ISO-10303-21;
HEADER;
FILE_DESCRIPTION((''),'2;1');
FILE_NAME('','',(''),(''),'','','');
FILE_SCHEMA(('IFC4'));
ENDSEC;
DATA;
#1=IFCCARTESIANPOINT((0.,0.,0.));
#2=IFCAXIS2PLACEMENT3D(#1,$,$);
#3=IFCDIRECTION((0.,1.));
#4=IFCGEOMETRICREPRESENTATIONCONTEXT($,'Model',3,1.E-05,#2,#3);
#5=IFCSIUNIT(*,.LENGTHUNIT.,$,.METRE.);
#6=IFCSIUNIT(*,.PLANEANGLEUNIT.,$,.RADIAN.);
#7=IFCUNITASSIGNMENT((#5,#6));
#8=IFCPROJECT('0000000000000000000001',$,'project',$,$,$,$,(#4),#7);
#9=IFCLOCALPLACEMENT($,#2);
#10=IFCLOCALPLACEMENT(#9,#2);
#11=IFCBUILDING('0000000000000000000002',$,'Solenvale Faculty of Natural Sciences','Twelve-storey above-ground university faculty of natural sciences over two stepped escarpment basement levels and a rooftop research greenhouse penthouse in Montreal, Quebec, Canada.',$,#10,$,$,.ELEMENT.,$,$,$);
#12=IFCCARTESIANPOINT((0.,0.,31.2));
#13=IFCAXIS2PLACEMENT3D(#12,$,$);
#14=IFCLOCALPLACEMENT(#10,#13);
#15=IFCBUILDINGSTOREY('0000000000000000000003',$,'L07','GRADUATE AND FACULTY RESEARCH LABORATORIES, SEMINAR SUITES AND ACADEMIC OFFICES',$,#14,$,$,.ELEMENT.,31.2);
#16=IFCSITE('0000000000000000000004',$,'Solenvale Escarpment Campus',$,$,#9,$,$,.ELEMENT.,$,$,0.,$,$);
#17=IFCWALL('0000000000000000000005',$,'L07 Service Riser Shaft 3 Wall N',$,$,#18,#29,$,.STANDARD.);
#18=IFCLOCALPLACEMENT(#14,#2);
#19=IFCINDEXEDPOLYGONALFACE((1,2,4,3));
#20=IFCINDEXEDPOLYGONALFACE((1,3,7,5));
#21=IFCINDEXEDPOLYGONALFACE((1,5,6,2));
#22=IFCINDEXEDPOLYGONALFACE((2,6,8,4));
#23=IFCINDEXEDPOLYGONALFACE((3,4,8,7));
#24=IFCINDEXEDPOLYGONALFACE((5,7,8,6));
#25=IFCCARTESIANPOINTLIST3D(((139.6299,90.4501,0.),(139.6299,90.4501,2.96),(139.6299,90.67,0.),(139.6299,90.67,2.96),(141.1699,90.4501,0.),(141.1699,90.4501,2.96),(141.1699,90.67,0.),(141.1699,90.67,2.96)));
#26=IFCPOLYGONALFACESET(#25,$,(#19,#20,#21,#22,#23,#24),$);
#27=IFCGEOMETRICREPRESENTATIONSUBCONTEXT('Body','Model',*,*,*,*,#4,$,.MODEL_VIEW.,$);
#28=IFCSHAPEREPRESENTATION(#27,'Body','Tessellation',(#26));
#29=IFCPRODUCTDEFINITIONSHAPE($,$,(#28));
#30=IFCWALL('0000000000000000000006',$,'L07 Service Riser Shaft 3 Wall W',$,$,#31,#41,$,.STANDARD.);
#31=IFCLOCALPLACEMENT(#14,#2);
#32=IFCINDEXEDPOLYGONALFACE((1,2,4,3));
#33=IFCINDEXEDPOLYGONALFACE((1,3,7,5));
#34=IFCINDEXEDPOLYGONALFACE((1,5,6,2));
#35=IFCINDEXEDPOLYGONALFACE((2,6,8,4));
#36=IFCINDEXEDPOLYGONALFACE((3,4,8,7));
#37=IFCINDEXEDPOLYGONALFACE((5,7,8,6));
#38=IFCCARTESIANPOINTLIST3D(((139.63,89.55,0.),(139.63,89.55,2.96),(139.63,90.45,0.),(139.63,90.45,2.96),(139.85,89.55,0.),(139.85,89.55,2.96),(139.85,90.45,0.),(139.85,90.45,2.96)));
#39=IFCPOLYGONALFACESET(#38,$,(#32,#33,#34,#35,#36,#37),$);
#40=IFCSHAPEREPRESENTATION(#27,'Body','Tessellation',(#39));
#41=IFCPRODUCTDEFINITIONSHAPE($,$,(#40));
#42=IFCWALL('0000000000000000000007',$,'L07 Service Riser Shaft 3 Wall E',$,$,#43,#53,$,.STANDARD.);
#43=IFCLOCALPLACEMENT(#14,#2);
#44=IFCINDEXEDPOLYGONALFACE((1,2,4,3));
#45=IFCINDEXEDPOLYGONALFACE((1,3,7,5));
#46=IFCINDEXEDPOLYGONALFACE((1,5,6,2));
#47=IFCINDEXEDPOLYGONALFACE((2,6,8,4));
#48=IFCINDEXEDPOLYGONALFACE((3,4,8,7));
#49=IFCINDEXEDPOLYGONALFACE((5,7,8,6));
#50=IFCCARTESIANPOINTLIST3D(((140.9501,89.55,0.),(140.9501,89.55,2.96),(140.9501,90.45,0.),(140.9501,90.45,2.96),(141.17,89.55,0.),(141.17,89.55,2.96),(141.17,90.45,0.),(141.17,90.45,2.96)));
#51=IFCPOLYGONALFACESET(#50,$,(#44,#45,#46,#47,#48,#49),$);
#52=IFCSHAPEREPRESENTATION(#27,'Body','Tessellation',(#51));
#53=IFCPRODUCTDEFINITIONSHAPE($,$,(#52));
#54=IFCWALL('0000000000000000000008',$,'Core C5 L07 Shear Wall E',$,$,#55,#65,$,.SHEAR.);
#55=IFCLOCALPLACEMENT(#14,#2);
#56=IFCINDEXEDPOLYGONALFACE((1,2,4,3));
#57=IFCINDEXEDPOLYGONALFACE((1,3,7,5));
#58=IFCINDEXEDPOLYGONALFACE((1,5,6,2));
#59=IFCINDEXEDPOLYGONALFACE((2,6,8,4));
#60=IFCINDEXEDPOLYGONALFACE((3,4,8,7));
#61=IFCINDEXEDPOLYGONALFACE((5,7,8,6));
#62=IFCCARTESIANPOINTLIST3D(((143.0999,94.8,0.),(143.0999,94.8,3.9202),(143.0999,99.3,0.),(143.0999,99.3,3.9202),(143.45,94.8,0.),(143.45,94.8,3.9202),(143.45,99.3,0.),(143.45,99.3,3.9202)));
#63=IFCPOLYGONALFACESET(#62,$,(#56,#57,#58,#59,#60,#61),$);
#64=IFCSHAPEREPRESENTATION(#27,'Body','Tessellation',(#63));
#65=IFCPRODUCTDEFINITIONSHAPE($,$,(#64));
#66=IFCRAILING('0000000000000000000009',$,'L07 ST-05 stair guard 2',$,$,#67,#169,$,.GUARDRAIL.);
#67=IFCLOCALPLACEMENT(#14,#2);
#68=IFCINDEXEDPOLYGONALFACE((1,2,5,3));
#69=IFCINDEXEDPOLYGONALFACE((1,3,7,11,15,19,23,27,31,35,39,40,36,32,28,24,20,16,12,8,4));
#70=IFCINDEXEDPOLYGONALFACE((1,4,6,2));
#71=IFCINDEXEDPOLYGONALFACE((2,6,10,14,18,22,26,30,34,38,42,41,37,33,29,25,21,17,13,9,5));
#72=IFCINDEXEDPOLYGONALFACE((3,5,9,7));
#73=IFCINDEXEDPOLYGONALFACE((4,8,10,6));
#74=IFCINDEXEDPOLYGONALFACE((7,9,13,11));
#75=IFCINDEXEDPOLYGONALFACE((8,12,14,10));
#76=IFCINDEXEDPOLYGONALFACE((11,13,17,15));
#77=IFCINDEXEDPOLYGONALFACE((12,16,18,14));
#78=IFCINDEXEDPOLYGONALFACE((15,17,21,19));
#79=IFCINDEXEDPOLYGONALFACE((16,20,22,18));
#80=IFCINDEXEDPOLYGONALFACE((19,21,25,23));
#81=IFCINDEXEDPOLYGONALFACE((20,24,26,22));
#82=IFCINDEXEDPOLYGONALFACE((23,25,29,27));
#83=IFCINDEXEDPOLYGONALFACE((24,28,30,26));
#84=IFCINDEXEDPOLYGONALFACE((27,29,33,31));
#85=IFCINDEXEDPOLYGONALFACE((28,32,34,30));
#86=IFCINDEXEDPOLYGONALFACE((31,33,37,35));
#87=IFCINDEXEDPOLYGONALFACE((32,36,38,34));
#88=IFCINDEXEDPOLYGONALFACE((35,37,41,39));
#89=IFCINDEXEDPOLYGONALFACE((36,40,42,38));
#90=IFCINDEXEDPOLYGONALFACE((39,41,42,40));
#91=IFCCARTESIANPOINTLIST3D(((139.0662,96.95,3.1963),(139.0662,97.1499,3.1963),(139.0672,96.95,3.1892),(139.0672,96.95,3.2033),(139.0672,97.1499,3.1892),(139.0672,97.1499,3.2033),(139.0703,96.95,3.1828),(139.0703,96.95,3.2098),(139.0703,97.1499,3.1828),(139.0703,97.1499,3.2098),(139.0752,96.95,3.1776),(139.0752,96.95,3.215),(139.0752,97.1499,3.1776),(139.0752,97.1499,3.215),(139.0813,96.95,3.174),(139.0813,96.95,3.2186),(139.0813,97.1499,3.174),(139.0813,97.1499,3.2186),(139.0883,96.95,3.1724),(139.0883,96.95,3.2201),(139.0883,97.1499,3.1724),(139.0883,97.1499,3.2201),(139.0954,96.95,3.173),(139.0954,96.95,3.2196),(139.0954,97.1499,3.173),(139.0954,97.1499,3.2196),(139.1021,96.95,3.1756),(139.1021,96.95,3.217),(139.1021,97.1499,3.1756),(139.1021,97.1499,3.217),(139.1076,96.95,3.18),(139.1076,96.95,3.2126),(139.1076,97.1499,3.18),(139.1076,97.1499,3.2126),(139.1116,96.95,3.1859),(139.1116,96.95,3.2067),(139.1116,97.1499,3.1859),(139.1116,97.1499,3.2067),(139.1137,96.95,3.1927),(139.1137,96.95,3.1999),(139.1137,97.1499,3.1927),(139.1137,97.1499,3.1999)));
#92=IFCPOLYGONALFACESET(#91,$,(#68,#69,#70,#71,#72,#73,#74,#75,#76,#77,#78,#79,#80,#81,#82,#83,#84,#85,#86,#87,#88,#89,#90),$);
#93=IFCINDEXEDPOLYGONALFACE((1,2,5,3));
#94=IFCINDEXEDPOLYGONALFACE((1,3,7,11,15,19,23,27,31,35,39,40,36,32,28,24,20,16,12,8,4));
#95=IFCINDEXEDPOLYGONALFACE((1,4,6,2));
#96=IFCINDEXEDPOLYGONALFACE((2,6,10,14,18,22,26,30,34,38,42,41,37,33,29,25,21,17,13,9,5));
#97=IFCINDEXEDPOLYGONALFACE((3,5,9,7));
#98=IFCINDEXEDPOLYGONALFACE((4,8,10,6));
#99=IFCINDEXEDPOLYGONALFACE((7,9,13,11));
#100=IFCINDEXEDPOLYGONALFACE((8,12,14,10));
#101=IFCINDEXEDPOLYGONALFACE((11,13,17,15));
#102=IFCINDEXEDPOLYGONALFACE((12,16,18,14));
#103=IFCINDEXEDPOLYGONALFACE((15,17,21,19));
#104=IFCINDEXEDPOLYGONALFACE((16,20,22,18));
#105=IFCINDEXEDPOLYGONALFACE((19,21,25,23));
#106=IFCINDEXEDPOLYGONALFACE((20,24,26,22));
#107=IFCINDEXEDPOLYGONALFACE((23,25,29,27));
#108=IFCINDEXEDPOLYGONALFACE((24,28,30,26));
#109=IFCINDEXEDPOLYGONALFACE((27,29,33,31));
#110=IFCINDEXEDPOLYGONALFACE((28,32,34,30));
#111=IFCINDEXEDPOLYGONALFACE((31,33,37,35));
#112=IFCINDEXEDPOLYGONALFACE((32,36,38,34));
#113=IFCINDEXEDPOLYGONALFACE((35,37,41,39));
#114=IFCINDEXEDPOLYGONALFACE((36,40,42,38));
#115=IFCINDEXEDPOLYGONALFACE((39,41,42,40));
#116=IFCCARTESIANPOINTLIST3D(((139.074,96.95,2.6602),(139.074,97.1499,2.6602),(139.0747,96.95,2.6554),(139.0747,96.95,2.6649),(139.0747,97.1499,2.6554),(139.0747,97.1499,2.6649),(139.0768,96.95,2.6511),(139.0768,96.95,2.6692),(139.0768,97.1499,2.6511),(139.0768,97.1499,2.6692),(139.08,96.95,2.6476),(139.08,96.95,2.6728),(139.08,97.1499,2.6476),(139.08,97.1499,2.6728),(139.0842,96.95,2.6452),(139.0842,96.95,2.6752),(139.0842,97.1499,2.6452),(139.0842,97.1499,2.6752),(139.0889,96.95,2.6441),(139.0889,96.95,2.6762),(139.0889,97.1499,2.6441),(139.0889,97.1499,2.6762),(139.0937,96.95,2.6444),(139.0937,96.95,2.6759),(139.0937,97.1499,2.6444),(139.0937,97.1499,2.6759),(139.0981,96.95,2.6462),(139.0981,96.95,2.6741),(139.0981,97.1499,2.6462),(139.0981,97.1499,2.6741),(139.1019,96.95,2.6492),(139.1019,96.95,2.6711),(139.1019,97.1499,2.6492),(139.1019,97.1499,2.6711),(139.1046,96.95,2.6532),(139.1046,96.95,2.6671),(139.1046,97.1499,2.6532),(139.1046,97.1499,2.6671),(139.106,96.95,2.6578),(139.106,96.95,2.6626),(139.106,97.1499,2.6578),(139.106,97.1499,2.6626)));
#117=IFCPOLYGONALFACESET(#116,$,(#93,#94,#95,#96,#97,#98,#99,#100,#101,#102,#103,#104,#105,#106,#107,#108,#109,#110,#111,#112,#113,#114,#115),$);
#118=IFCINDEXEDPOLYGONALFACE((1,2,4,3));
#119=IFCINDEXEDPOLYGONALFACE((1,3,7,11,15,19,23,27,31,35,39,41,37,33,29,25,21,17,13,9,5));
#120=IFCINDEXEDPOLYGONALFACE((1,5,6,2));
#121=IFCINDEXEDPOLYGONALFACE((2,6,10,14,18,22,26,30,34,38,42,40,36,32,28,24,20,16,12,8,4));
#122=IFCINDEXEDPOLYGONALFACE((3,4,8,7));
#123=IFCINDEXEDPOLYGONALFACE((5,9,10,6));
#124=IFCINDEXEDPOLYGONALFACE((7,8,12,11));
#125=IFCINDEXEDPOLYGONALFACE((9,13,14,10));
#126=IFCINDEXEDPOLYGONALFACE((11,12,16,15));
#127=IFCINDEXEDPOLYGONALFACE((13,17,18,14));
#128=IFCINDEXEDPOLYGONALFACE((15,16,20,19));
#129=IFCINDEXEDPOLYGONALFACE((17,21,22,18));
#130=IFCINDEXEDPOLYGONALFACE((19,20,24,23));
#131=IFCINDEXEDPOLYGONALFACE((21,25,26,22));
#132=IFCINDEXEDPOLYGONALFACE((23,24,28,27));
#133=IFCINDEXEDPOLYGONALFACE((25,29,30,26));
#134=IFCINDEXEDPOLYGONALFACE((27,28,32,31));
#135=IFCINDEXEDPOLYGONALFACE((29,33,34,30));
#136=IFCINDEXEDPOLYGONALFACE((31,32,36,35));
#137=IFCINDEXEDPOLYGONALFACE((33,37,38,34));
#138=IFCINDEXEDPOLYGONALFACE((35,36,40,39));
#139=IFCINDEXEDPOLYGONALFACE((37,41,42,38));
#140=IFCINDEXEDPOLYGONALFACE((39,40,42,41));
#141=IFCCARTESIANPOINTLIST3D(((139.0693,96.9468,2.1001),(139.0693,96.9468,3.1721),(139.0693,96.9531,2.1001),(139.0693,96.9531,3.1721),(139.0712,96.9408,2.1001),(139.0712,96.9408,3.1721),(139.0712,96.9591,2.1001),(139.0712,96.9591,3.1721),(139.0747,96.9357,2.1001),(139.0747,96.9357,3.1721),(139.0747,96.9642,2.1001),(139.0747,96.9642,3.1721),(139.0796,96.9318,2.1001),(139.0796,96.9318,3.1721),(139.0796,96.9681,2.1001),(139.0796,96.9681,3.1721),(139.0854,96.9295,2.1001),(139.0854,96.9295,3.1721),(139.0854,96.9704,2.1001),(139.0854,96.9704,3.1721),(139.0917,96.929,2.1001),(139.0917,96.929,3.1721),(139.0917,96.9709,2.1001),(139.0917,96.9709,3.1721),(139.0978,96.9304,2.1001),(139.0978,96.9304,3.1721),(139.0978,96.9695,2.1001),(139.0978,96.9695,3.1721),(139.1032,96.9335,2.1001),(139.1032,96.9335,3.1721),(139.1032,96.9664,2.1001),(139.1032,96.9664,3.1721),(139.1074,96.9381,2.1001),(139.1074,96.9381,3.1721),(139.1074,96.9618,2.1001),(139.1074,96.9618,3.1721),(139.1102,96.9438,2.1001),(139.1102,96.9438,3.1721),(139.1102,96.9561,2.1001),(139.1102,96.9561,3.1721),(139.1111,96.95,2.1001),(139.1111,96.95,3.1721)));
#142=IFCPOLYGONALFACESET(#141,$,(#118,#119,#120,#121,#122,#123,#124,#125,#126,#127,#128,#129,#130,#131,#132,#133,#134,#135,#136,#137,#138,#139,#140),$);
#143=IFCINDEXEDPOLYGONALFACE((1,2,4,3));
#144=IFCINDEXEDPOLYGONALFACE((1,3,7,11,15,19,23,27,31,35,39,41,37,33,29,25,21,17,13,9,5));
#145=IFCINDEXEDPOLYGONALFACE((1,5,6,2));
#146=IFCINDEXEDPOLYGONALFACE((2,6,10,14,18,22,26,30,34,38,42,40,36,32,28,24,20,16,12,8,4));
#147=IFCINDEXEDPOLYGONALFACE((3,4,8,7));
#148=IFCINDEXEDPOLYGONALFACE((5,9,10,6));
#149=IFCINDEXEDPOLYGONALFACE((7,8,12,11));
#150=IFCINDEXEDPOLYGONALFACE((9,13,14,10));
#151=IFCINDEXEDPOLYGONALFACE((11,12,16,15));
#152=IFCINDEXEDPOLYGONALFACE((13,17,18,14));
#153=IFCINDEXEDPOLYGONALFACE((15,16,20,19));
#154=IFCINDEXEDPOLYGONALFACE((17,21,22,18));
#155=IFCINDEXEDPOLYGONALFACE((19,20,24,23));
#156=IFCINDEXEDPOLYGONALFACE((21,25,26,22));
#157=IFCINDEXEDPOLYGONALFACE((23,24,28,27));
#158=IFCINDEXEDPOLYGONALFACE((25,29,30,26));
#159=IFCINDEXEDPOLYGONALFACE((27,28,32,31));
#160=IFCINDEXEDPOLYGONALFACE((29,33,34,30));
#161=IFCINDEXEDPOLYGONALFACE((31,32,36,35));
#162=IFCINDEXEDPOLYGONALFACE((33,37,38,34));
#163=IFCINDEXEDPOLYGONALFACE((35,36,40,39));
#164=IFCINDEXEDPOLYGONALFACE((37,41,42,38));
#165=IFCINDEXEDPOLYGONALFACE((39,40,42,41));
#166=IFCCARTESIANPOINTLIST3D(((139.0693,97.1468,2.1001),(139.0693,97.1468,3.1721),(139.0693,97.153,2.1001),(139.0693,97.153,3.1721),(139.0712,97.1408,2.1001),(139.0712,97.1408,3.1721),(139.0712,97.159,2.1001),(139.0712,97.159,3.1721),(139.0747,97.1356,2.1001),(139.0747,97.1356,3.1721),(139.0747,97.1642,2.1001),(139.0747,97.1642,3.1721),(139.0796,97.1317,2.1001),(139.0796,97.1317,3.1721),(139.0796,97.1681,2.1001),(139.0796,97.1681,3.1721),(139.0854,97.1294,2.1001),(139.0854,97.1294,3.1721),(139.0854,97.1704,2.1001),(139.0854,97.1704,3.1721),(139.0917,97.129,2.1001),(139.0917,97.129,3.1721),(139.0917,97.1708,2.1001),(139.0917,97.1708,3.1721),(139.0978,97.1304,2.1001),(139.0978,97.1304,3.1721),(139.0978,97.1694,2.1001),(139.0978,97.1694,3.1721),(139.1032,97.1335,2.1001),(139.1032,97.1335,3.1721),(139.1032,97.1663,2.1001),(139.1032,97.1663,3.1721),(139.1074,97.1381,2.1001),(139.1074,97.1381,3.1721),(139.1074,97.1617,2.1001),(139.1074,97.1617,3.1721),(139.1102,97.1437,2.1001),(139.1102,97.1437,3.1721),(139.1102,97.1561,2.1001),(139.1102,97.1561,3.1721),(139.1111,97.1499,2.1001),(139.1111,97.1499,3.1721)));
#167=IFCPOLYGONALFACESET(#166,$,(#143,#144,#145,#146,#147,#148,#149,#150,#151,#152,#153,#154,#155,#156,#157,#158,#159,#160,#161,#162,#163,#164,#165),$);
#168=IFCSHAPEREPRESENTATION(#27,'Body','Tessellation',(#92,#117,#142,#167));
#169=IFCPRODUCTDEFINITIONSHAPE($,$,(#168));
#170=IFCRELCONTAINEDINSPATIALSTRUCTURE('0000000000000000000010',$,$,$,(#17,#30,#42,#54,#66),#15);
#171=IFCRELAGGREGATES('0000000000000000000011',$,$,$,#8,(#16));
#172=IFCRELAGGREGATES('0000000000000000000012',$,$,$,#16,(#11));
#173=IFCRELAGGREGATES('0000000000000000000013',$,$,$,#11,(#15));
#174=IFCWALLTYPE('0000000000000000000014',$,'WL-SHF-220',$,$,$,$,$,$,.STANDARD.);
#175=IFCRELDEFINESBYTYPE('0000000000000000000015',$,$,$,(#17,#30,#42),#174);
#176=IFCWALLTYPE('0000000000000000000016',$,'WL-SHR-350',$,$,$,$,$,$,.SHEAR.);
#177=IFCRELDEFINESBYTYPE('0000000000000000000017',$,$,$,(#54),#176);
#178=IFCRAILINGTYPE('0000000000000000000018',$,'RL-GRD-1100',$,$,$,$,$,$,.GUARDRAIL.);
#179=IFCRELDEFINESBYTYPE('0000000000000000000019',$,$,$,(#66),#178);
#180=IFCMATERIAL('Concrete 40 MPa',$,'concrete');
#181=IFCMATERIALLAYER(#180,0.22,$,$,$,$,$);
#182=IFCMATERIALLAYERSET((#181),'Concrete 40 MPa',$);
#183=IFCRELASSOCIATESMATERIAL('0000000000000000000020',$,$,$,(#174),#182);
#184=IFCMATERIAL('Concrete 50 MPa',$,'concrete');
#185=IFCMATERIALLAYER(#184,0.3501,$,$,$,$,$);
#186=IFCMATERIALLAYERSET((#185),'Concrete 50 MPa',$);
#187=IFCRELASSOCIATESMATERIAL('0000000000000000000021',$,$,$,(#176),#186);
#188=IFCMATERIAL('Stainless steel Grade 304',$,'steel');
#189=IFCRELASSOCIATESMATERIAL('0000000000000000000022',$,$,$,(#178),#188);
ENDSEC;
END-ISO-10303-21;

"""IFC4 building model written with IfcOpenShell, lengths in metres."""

from ifc_helpers import new_model, si_unit, direction, frame, frame_2d, origin, origin_2d, place, context, subcontext, project, spatial, rectangle, circle, extrude, material, layer, layer_set, type_object, element, save


model = new_model("IFC4")

# Units and contexts
model_context = context("Model", 3, precision=1e-05, world=origin(), true_north=direction((0.0, 1.0)))
body_context = subcontext(model_context, "Body", "Model", "MODEL_VIEW")
ifc_project = project(units=[si_unit("LENGTHUNIT", "METRE"), si_unit("PLANEANGLEUNIT", "RADIAN")], contexts=[model_context])

# Site, building, storey
site_placement = place(None, origin())
site = spatial("IfcSite", under=ifc_project, at=site_placement, Name="Solenvale Escarpment Campus", CompositionType="ELEMENT", RefElevation=0.0)
building_placement = place(site_placement, origin())
building = spatial("IfcBuilding", under=site, at=building_placement, Name="Solenvale Faculty of Natural Sciences", Description="Twelve-storey above-ground university faculty of natural sciences over two stepped escarpment basement levels and a rooftop research greenhouse penthouse in Montreal, Quebec, Canada.", CompositionType="ELEMENT")
storey_placement = place(building_placement, frame((0.0, 0.0, 31.2)))
storey = spatial("IfcBuildingStorey", under=building, at=storey_placement, Name="L07", Description="GRADUATE AND FACULTY RESEARCH LABORATORIES, SEMINAR SUITES AND ACADEMIC OFFICES", CompositionType="ELEMENT", Elevation=31.2)

# Shared definitions
ifc_material_1 = material(Name="Concrete 40 MPa", Category="concrete")

# Walls
ifc_layer_1 = layer(ifc_material_1, 0.22)
ifc_layer_set_1 = layer_set([ifc_layer_1], Name="Concrete 40 MPa")
wall_type_1 = type_object("IfcWallType", Name="WL-SHF-220", PredefinedType="STANDARD", material=ifc_layer_set_1)
for number, where, z_axis, x_axis, name in (
    (1, (139.6299, 90.5601, 0.0), (0.0, 0.0, 1.0), (1.0, 0.0, 0.0), "L07 Service Riser Shaft 3 Wall N"),
):
    element("IfcWall", number, at=place(storey_placement, frame(where, z_axis=z_axis, x_axis=x_axis)), inside=storey, type_object=wall_type_1, Name=name, PredefinedType="STANDARD", context=body_context, shape_type="SweptSolid", body=[
        extrude(rectangle(XDim=1.54, YDim=0.22, at=frame_2d((0.77, 0.0))), origin(), (0.0, 0.0, 1.0), 2.96),
    ])
for number, where, z_axis, x_axis, name in (
    (2, (139.74, 89.55, 0.0), (0.0, 0.0, 1.0), (0.0, 1.0, 0.0), "L07 Service Riser Shaft 3 Wall W"),
    (3, (141.0601, 89.55, 0.0), (0.0, 0.0, 1.0), (0.0, 1.0, 0.0), "L07 Service Riser Shaft 3 Wall E"),
):
    element("IfcWall", number, at=place(storey_placement, frame(where, z_axis=z_axis, x_axis=x_axis)), inside=storey, type_object=wall_type_1, Name=name, PredefinedType="STANDARD", context=body_context, shape_type="SweptSolid", body=[
        extrude(rectangle(XDim=0.8999, YDim=0.22, at=frame_2d((0.45, 0.0))), origin(), (0.0, 0.0, 1.0), 2.96),
    ])
ifc_material_2 = material(Name="Concrete 50 MPa", Category="concrete")
ifc_layer_2 = layer(ifc_material_2, 0.3501)
ifc_layer_set_2 = layer_set([ifc_layer_2], Name="Concrete 50 MPa")
wall_type_2 = type_object("IfcWallType", Name="WL-SHR-350", PredefinedType="SHEAR", material=ifc_layer_set_2)
wall_1_placement = place(storey_placement, frame((143.2749, 94.8, 0.0), z_axis=(0.0, 0.0, 1.0), x_axis=(0.0, 1.0, 0.0)))
element("IfcWall", 4, at=wall_1_placement, inside=storey, type_object=wall_type_2, Name="Core C5 L07 Shear Wall E", PredefinedType="SHEAR", context=body_context, shape_type="SweptSolid", body=[
    extrude(rectangle(XDim=4.5, YDim=0.3501, at=frame_2d((2.25, 0.0))), origin(), (0.0, 0.0, 1.0), 3.9202),
])

# Railing
ifc_material_3 = material(Name="Stainless steel Grade 304", Category="steel")
railing_type = type_object("IfcRailingType", Name="RL-GRD-1100", PredefinedType="GUARDRAIL", material=ifc_material_3)
railing_placement = place(storey_placement, frame((139.0901, 96.95, 2.1001)))
element("IfcRailing", 5, at=railing_placement, inside=storey, type_object=railing_type, Name="L07 ST-05 stair guard 2", PredefinedType="GUARDRAIL", context=body_context, shape_type="SweptSolid", body=[
    extrude(circle(Radius=0.0239, at=origin_2d()), frame((0.0, 0.0, 1.0962), z_axis=(0.0, 1.0, 0.0), x_axis=(-1.0, 0.0, 0.0)), (0.0, 0.0, 1.0), 0.2),
    extrude(circle(Radius=0.0161, at=origin_2d()), frame((0.0, 0.0, 0.5601), z_axis=(0.0, 1.0, 0.0), x_axis=(-1.0, 0.0, 0.0)), (0.0, 0.0, 1.0), 0.2),
    extrude(circle(Radius=0.021, at=origin_2d()), origin(), (0.0, 0.0, 1.0), 1.072),
    extrude(circle(Radius=0.021, at=origin_2d()), frame((0.0, 0.2, 0.0)), (0.0, 0.0, 1.0), 1.072),
])

save(model, "model.ifc")
